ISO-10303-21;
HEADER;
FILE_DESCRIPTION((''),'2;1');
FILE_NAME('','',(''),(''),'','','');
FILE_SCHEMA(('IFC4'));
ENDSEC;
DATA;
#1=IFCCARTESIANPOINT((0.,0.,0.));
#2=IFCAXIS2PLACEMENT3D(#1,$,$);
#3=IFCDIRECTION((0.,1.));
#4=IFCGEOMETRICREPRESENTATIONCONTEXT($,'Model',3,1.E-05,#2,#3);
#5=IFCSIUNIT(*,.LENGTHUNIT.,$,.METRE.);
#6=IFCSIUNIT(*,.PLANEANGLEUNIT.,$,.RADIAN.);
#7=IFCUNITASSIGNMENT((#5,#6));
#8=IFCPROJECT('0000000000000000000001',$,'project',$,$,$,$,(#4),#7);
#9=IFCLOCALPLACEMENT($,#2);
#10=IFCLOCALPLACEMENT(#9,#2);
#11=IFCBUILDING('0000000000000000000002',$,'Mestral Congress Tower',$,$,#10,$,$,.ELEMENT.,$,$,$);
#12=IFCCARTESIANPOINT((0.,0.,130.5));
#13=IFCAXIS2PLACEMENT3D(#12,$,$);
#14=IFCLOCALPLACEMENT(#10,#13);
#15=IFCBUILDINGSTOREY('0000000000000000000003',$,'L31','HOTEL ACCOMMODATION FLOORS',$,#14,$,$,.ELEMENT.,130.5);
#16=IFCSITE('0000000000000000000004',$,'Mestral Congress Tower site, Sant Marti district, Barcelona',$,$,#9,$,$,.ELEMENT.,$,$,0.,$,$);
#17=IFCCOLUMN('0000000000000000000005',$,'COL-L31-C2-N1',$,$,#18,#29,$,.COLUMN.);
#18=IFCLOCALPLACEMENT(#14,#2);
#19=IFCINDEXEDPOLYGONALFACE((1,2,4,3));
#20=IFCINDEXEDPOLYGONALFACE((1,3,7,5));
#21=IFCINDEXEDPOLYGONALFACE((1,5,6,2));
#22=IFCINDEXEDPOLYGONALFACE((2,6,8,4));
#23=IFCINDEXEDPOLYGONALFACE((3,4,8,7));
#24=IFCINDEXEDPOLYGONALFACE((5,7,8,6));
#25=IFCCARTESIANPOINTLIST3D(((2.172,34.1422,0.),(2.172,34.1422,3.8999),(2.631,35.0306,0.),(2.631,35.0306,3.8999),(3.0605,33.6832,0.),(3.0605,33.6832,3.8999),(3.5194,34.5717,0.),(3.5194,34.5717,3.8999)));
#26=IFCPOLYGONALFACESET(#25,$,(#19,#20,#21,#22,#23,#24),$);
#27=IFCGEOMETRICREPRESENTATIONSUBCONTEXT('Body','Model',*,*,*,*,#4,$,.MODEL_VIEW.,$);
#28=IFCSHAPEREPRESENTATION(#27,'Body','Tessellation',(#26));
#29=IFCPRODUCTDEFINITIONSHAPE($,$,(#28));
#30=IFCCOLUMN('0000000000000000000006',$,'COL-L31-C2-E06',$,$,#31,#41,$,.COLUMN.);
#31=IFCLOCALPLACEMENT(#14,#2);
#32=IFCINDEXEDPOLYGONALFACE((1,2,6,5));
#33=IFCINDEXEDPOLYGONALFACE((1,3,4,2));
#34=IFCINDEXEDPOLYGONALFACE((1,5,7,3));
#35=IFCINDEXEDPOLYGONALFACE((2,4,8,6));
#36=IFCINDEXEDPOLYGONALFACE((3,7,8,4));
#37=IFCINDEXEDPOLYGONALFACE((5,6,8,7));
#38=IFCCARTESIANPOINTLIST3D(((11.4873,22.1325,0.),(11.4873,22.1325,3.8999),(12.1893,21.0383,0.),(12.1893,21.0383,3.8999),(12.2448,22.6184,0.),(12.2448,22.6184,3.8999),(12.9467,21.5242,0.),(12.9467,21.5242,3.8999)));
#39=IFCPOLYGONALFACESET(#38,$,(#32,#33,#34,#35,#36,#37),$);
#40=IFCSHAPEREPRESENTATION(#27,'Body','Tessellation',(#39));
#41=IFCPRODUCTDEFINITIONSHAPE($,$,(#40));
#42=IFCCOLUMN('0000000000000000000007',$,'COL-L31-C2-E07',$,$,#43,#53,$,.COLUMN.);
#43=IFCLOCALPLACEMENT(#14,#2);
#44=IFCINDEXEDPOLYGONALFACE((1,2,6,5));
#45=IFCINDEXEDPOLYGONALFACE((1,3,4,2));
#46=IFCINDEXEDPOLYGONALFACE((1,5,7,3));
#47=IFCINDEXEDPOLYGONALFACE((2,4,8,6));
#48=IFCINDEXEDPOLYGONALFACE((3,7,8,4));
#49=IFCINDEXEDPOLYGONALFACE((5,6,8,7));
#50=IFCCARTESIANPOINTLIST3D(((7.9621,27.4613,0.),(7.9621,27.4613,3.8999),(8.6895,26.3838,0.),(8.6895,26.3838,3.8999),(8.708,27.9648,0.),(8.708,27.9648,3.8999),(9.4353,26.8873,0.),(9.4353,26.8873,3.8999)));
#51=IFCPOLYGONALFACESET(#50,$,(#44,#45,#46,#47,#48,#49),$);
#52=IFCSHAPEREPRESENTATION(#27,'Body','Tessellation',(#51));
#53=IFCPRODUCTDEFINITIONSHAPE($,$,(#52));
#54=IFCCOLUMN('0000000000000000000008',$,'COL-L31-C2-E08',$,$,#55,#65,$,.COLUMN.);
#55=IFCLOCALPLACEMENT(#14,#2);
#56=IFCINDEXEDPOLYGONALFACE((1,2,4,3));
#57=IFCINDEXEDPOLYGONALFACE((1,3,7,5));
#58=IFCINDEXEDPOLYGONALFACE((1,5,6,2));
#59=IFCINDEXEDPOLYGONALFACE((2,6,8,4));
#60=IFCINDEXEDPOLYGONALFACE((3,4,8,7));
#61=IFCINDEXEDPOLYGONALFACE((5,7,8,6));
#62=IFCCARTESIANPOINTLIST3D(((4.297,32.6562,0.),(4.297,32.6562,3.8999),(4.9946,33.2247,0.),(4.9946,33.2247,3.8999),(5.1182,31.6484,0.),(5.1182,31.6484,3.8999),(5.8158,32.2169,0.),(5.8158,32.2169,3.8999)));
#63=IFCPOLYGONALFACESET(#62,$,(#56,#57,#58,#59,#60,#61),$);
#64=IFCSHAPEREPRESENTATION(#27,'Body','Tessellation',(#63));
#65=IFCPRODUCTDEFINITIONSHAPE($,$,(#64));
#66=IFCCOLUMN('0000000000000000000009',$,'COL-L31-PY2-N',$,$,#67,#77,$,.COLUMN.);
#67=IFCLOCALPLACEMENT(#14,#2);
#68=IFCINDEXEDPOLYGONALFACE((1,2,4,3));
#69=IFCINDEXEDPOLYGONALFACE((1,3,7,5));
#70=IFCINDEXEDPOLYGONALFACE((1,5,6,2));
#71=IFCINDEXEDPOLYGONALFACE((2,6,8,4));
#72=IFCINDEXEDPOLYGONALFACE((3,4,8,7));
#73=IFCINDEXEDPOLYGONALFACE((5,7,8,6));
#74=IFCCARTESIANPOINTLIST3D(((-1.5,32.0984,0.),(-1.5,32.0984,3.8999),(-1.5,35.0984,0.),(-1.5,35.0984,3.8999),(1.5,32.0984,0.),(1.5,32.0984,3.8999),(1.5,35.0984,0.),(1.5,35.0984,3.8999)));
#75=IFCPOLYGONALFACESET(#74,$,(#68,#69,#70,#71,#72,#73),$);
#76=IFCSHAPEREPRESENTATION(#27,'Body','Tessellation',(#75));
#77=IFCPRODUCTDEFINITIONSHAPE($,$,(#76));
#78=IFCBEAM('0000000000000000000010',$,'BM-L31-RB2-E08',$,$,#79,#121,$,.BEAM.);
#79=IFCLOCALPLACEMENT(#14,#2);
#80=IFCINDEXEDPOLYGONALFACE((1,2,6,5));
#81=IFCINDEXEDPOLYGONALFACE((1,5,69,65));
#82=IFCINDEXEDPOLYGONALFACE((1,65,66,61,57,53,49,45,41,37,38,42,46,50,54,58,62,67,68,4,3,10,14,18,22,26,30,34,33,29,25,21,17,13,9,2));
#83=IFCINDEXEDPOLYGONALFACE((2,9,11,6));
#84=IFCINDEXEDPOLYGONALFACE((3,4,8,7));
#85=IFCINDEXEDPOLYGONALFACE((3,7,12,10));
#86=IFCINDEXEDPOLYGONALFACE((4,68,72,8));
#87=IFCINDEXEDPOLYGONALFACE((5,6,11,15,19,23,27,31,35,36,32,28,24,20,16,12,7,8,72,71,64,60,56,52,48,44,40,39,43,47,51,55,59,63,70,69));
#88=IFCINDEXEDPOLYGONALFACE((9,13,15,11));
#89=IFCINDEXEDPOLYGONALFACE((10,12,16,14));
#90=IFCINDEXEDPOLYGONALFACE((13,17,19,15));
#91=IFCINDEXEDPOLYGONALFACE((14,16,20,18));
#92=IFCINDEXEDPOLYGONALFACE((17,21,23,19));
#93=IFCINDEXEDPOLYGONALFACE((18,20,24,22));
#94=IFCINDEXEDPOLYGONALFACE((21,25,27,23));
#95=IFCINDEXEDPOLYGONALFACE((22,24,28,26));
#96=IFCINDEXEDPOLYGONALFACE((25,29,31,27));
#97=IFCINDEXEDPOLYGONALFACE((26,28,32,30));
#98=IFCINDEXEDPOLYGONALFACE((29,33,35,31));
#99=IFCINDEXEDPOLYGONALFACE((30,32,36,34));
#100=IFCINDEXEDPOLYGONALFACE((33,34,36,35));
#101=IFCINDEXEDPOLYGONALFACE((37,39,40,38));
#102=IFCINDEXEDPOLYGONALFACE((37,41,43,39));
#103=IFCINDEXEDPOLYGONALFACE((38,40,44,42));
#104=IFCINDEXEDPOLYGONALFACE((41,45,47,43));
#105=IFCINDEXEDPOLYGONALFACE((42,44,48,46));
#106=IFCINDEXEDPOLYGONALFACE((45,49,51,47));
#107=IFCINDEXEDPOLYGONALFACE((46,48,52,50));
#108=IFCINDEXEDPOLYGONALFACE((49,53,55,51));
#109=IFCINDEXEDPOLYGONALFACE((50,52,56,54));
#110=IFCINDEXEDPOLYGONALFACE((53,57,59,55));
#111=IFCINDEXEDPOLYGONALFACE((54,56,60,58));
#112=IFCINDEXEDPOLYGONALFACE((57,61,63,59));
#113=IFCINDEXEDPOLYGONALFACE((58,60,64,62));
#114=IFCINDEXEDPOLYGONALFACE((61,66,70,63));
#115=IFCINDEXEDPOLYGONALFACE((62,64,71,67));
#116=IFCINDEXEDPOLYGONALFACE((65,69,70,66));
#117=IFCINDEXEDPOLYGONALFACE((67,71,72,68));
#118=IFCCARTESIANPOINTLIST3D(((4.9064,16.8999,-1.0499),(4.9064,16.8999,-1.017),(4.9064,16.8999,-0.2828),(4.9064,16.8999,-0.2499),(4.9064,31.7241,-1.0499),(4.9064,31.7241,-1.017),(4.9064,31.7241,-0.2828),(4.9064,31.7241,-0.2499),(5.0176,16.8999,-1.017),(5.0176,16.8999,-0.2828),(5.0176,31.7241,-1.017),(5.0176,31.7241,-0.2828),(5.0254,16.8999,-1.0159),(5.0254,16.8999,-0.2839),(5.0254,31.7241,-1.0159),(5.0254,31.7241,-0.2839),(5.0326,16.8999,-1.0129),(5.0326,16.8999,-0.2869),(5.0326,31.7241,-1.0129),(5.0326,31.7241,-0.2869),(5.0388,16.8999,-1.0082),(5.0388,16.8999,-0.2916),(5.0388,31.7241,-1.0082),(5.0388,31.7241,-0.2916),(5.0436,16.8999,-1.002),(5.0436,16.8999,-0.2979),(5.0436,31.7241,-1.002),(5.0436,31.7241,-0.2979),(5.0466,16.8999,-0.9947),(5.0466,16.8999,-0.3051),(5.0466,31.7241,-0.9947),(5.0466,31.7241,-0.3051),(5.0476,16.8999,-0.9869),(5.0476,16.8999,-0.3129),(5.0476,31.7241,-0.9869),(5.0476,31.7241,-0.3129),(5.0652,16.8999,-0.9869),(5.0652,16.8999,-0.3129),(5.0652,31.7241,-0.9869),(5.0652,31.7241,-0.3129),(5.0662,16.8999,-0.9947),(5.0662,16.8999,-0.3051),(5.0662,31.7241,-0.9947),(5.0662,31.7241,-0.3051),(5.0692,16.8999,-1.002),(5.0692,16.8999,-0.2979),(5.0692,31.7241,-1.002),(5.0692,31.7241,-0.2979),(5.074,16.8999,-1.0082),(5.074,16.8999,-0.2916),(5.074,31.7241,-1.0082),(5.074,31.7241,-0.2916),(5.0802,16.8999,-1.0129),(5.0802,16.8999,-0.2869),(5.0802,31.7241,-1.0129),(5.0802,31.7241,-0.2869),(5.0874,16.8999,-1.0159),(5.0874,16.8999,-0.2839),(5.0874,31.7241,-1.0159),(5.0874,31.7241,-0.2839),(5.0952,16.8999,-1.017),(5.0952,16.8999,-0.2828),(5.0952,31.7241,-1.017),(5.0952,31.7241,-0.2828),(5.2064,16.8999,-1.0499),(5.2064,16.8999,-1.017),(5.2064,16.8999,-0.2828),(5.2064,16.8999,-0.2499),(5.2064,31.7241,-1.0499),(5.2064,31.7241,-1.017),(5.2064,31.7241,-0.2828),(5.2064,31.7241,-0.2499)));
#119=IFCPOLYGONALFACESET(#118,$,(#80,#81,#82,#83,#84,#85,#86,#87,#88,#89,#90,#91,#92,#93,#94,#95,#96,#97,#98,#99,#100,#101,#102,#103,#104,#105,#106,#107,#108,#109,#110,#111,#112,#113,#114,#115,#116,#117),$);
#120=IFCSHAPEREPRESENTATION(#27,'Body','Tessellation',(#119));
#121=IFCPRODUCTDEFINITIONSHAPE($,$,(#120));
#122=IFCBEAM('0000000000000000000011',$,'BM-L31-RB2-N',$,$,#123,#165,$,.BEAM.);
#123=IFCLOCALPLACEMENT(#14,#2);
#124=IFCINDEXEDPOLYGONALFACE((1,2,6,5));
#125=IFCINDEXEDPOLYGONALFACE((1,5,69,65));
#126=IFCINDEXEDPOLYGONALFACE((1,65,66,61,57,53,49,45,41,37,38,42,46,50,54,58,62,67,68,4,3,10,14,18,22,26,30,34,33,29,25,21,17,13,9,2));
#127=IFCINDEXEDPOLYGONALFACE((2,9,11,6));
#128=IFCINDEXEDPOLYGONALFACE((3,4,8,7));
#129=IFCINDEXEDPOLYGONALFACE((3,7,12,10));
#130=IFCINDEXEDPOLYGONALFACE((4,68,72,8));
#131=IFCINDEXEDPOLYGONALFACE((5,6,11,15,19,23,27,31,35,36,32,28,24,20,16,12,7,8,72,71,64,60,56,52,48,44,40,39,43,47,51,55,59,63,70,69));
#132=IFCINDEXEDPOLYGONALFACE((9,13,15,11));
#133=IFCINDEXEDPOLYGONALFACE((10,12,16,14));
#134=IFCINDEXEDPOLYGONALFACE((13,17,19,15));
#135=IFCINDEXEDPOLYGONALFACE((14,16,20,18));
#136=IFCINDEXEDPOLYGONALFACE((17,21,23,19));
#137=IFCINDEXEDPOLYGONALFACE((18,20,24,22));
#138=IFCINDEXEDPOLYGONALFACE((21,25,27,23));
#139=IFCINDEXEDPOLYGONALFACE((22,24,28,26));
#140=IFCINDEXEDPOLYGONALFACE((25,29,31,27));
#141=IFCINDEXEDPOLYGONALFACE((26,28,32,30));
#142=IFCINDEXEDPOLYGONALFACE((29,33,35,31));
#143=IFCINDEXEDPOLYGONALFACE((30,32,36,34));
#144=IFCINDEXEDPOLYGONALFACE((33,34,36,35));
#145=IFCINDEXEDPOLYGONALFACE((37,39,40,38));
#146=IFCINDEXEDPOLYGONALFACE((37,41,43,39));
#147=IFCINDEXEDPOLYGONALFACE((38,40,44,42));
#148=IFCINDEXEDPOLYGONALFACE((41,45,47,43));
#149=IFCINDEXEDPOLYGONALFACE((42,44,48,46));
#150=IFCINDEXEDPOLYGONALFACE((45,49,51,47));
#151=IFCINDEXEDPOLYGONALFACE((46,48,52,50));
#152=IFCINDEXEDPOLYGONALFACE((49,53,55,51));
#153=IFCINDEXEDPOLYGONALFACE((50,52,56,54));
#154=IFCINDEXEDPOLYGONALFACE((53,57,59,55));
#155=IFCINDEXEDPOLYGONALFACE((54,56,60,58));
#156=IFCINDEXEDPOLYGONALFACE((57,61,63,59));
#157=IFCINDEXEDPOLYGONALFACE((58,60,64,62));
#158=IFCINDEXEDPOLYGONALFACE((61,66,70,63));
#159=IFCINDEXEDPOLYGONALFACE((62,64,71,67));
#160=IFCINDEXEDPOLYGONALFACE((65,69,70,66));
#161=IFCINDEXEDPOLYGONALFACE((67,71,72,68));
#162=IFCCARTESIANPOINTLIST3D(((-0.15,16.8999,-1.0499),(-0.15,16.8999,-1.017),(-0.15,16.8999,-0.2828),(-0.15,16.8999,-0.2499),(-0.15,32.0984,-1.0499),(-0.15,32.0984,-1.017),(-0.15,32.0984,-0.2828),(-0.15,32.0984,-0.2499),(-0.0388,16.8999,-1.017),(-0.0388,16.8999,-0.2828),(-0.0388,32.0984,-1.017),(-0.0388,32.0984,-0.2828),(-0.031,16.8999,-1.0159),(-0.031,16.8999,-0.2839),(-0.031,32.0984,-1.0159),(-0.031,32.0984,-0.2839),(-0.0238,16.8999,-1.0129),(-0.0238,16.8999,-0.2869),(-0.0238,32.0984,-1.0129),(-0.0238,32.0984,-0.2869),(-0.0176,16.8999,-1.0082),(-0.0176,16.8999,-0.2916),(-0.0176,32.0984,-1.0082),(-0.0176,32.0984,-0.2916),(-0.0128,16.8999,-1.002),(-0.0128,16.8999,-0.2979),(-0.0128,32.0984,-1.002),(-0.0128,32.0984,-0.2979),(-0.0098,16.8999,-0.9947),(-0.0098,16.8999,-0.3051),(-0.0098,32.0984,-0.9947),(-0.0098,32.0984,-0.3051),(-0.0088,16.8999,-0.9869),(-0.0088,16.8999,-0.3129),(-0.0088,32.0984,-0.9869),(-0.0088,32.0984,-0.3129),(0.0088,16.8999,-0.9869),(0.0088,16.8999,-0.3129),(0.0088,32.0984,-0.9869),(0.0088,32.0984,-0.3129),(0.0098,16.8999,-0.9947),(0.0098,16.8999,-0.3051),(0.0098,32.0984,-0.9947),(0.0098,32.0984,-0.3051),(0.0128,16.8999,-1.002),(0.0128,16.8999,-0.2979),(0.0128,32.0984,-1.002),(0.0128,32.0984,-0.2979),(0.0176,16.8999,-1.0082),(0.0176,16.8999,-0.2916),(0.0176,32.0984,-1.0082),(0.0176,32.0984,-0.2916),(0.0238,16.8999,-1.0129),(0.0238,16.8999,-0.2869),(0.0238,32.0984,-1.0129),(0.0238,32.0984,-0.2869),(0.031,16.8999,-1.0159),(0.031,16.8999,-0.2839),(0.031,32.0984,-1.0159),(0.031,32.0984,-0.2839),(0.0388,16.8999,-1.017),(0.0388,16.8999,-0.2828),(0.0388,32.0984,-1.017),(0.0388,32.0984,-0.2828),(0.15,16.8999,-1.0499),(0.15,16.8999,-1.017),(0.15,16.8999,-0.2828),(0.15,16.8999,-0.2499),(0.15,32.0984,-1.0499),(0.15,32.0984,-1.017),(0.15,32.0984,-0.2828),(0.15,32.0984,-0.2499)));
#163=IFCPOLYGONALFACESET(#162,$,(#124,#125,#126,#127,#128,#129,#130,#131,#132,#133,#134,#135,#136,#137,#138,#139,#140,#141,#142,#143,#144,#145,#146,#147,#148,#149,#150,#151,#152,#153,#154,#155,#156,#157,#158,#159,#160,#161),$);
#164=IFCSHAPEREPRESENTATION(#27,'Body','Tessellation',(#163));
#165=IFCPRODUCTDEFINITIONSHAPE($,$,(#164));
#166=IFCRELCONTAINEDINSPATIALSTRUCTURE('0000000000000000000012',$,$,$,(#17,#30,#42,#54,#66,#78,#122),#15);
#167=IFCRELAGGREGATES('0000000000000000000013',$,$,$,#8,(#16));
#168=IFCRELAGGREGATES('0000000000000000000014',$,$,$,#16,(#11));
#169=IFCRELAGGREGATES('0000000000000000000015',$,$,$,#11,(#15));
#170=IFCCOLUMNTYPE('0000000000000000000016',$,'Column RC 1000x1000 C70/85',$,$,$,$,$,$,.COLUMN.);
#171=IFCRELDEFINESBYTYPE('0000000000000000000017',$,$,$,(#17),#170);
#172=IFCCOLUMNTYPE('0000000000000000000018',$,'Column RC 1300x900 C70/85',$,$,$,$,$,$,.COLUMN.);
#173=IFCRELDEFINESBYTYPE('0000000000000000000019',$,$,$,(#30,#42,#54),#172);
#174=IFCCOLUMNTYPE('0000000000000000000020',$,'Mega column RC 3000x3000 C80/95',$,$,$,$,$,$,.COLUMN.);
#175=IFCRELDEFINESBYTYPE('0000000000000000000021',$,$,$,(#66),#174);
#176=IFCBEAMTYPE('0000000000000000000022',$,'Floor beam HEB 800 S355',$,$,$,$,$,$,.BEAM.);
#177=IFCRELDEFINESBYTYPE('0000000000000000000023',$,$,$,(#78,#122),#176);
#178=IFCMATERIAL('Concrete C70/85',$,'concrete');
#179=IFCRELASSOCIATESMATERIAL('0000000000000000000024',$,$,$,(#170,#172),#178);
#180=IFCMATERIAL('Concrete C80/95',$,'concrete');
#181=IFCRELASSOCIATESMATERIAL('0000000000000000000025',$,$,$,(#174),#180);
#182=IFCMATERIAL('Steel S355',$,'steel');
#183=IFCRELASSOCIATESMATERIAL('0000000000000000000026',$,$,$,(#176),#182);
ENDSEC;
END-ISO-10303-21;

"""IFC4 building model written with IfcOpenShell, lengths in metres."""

from ifc_helpers import new_model, si_unit, direction, frame, origin, origin_2d, place, context, subcontext, project, spatial, rectangle, i_section, extrude, material, material_profile, profile_set, type_object, element, save


model = new_model("IFC4")

# Units and contexts
model_context = context("Model", 3, precision=1e-05, world=origin(), true_north=direction((0.0, 1.0)))
body_context = subcontext(model_context, "Body", "Model", "MODEL_VIEW")
ifc_project = project(units=[si_unit("LENGTHUNIT", "METRE"), si_unit("PLANEANGLEUNIT", "RADIAN")], contexts=[model_context])

# Site, building, storey
site_placement = place(None, origin())
site = spatial("IfcSite", under=ifc_project, at=site_placement, Name="Mestral Congress Tower site, Sant Marti district, Barcelona", CompositionType="ELEMENT", RefElevation=0.0)
building_placement = place(site_placement, origin())
building = spatial("IfcBuilding", under=site, at=building_placement, Name="Mestral Congress Tower", CompositionType="ELEMENT")
storey_placement = place(building_placement, frame((0.0, 0.0, 130.5)))
storey = spatial("IfcBuildingStorey", under=building, at=storey_placement, Name="L31", Description="HOTEL ACCOMMODATION FLOORS", CompositionType="ELEMENT", Elevation=130.5)

# Columns
ifc_material_1 = material(Name="Concrete C70/85", Category="concrete")
ifc_material_profile_1 = material_profile(ifc_material_1, rectangle(XDim=1.0, YDim=1.0, at=origin_2d()), Name="RC 1000x1000")
ifc_profile_set_1 = profile_set([ifc_material_profile_1], Name="Concrete C70/85")
column_type_1 = type_object("IfcColumnType", Name="Column RC 1000x1000 C70/85", PredefinedType="COLUMN", material=ifc_profile_set_1)
column_1_placement = place(storey_placement, frame((2.8457, 34.3569, 0.0), z_axis=(0.0, 0.0, 1.0), x_axis=(-0.888456, 0.458961, 0.0)))
element("IfcColumn", 1, at=column_1_placement, inside=storey, type_object=column_type_1, Name="COL-L31-C2-N1", PredefinedType="COLUMN", context=body_context, shape_type="SweptSolid", body=[
    extrude(rectangle(XDim=1.0, YDim=1.0, at=origin_2d()), origin(), (0.0, 0.0, 1.0), 3.8999),
])
ifc_material_profile_2 = material_profile(ifc_material_1, rectangle(XDim=1.3, YDim=0.8999, at=origin_2d()), Name="RC 1300x900")
ifc_profile_set_2 = profile_set([ifc_material_profile_2], Name="Concrete C70/85")
column_type_2 = type_object("IfcColumnType", Name="Column RC 1300x900 C70/85", PredefinedType="COLUMN", material=ifc_profile_set_2)
for number, where, z_axis, x_axis, name in (
    (2, (12.217, 21.8284, 0.0), (0.0, 0.0, 1.0), (-0.539945, 0.8417, 0.0), "COL-L31-C2-E06"),
    (3, (8.6987, 27.1743, 0.0), (0.0, 0.0, 1.0), (-0.559479, 0.828844, 0.0), "COL-L31-C2-E07"),
    (4, (5.0564, 32.4365, 0.0), (0.0, 0.0, 1.0), (-0.631709, 0.775206, 0.0), "COL-L31-C2-E08"),
):
    element("IfcColumn", number, at=place(storey_placement, frame(where, z_axis=z_axis, x_axis=x_axis)), inside=storey, type_object=column_type_2, Name=name, PredefinedType="COLUMN", context=body_context, shape_type="SweptSolid", body=[
        extrude(rectangle(XDim=1.3, YDim=0.8999, at=origin_2d()), origin(), (0.0, 0.0, 1.0), 3.8999),
    ])
ifc_material_2 = material(Name="Concrete C80/95", Category="concrete")
ifc_material_profile_3 = material_profile(ifc_material_2, rectangle(XDim=3.0, YDim=3.0, at=origin_2d()), Name="RC 3000x3000")
ifc_profile_set_3 = profile_set([ifc_material_profile_3], Name="Concrete C80/95")
column_type_3 = type_object("IfcColumnType", Name="Mega column RC 3000x3000 C80/95", PredefinedType="COLUMN", material=ifc_profile_set_3)
column_2_placement = place(storey_placement, frame((0.0, 33.5984, 0.0), z_axis=(0.0, 0.0, 1.0), x_axis=(0.0, 1.0, 0.0)))
element("IfcColumn", 5, at=column_2_placement, inside=storey, type_object=column_type_3, Name="COL-L31-PY2-N", PredefinedType="COLUMN", context=body_context, shape_type="SweptSolid", body=[
    extrude(rectangle(XDim=3.0, YDim=3.0, at=origin_2d()), origin(), (0.0, 0.0, 1.0), 3.8999),
])

# Beams
ifc_material_3 = material(Name="Steel S355", Category="steel")
ifc_material_profile_4 = material_profile(ifc_material_3, i_section(OverallWidth=0.3, OverallDepth=0.8, WebThickness=0.0176, FlangeThickness=0.033, FilletRadius=0.03, at=origin_2d()), Name="HEB 800")
ifc_profile_set_4 = profile_set([ifc_material_profile_4], Name="Steel S355")
beam_type_1 = type_object("IfcBeamType", Name="Floor beam HEB 800 S355", PredefinedType="BEAM", material=ifc_profile_set_4)
beam_1_placement = place(storey_placement, frame((5.0564, 31.7241, -0.6499), z_axis=(0.0, -1.0, 0.0), x_axis=(1.0, 0.0, 0.0)))
element("IfcBeam", 6, at=beam_1_placement, inside=storey, type_object=beam_type_1, Name="BM-L31-RB2-E08", PredefinedType="BEAM", context=body_context, shape_type="SweptSolid", body=[
    extrude(i_section(OverallWidth=0.3, OverallDepth=0.8, WebThickness=0.0176, FlangeThickness=0.033, FilletRadius=0.03, at=origin_2d()), origin(), (0.0, 0.0, 1.0), 14.8242),
])
beam_2_placement = place(storey_placement, frame((0.0, 32.0984, -0.6499), z_axis=(0.0, -1.0, 0.0), x_axis=(1.0, 0.0, 0.0)))
element("IfcBeam", 7, at=beam_2_placement, inside=storey, type_object=beam_type_1, Name="BM-L31-RB2-N", PredefinedType="BEAM", context=body_context, shape_type="SweptSolid", body=[
    extrude(i_section(OverallWidth=0.3, OverallDepth=0.8, WebThickness=0.0176, FlangeThickness=0.033, FilletRadius=0.03, at=origin_2d()), origin(), (0.0, 0.0, 1.0), 15.1985),
])

save(model, "model.ifc")
